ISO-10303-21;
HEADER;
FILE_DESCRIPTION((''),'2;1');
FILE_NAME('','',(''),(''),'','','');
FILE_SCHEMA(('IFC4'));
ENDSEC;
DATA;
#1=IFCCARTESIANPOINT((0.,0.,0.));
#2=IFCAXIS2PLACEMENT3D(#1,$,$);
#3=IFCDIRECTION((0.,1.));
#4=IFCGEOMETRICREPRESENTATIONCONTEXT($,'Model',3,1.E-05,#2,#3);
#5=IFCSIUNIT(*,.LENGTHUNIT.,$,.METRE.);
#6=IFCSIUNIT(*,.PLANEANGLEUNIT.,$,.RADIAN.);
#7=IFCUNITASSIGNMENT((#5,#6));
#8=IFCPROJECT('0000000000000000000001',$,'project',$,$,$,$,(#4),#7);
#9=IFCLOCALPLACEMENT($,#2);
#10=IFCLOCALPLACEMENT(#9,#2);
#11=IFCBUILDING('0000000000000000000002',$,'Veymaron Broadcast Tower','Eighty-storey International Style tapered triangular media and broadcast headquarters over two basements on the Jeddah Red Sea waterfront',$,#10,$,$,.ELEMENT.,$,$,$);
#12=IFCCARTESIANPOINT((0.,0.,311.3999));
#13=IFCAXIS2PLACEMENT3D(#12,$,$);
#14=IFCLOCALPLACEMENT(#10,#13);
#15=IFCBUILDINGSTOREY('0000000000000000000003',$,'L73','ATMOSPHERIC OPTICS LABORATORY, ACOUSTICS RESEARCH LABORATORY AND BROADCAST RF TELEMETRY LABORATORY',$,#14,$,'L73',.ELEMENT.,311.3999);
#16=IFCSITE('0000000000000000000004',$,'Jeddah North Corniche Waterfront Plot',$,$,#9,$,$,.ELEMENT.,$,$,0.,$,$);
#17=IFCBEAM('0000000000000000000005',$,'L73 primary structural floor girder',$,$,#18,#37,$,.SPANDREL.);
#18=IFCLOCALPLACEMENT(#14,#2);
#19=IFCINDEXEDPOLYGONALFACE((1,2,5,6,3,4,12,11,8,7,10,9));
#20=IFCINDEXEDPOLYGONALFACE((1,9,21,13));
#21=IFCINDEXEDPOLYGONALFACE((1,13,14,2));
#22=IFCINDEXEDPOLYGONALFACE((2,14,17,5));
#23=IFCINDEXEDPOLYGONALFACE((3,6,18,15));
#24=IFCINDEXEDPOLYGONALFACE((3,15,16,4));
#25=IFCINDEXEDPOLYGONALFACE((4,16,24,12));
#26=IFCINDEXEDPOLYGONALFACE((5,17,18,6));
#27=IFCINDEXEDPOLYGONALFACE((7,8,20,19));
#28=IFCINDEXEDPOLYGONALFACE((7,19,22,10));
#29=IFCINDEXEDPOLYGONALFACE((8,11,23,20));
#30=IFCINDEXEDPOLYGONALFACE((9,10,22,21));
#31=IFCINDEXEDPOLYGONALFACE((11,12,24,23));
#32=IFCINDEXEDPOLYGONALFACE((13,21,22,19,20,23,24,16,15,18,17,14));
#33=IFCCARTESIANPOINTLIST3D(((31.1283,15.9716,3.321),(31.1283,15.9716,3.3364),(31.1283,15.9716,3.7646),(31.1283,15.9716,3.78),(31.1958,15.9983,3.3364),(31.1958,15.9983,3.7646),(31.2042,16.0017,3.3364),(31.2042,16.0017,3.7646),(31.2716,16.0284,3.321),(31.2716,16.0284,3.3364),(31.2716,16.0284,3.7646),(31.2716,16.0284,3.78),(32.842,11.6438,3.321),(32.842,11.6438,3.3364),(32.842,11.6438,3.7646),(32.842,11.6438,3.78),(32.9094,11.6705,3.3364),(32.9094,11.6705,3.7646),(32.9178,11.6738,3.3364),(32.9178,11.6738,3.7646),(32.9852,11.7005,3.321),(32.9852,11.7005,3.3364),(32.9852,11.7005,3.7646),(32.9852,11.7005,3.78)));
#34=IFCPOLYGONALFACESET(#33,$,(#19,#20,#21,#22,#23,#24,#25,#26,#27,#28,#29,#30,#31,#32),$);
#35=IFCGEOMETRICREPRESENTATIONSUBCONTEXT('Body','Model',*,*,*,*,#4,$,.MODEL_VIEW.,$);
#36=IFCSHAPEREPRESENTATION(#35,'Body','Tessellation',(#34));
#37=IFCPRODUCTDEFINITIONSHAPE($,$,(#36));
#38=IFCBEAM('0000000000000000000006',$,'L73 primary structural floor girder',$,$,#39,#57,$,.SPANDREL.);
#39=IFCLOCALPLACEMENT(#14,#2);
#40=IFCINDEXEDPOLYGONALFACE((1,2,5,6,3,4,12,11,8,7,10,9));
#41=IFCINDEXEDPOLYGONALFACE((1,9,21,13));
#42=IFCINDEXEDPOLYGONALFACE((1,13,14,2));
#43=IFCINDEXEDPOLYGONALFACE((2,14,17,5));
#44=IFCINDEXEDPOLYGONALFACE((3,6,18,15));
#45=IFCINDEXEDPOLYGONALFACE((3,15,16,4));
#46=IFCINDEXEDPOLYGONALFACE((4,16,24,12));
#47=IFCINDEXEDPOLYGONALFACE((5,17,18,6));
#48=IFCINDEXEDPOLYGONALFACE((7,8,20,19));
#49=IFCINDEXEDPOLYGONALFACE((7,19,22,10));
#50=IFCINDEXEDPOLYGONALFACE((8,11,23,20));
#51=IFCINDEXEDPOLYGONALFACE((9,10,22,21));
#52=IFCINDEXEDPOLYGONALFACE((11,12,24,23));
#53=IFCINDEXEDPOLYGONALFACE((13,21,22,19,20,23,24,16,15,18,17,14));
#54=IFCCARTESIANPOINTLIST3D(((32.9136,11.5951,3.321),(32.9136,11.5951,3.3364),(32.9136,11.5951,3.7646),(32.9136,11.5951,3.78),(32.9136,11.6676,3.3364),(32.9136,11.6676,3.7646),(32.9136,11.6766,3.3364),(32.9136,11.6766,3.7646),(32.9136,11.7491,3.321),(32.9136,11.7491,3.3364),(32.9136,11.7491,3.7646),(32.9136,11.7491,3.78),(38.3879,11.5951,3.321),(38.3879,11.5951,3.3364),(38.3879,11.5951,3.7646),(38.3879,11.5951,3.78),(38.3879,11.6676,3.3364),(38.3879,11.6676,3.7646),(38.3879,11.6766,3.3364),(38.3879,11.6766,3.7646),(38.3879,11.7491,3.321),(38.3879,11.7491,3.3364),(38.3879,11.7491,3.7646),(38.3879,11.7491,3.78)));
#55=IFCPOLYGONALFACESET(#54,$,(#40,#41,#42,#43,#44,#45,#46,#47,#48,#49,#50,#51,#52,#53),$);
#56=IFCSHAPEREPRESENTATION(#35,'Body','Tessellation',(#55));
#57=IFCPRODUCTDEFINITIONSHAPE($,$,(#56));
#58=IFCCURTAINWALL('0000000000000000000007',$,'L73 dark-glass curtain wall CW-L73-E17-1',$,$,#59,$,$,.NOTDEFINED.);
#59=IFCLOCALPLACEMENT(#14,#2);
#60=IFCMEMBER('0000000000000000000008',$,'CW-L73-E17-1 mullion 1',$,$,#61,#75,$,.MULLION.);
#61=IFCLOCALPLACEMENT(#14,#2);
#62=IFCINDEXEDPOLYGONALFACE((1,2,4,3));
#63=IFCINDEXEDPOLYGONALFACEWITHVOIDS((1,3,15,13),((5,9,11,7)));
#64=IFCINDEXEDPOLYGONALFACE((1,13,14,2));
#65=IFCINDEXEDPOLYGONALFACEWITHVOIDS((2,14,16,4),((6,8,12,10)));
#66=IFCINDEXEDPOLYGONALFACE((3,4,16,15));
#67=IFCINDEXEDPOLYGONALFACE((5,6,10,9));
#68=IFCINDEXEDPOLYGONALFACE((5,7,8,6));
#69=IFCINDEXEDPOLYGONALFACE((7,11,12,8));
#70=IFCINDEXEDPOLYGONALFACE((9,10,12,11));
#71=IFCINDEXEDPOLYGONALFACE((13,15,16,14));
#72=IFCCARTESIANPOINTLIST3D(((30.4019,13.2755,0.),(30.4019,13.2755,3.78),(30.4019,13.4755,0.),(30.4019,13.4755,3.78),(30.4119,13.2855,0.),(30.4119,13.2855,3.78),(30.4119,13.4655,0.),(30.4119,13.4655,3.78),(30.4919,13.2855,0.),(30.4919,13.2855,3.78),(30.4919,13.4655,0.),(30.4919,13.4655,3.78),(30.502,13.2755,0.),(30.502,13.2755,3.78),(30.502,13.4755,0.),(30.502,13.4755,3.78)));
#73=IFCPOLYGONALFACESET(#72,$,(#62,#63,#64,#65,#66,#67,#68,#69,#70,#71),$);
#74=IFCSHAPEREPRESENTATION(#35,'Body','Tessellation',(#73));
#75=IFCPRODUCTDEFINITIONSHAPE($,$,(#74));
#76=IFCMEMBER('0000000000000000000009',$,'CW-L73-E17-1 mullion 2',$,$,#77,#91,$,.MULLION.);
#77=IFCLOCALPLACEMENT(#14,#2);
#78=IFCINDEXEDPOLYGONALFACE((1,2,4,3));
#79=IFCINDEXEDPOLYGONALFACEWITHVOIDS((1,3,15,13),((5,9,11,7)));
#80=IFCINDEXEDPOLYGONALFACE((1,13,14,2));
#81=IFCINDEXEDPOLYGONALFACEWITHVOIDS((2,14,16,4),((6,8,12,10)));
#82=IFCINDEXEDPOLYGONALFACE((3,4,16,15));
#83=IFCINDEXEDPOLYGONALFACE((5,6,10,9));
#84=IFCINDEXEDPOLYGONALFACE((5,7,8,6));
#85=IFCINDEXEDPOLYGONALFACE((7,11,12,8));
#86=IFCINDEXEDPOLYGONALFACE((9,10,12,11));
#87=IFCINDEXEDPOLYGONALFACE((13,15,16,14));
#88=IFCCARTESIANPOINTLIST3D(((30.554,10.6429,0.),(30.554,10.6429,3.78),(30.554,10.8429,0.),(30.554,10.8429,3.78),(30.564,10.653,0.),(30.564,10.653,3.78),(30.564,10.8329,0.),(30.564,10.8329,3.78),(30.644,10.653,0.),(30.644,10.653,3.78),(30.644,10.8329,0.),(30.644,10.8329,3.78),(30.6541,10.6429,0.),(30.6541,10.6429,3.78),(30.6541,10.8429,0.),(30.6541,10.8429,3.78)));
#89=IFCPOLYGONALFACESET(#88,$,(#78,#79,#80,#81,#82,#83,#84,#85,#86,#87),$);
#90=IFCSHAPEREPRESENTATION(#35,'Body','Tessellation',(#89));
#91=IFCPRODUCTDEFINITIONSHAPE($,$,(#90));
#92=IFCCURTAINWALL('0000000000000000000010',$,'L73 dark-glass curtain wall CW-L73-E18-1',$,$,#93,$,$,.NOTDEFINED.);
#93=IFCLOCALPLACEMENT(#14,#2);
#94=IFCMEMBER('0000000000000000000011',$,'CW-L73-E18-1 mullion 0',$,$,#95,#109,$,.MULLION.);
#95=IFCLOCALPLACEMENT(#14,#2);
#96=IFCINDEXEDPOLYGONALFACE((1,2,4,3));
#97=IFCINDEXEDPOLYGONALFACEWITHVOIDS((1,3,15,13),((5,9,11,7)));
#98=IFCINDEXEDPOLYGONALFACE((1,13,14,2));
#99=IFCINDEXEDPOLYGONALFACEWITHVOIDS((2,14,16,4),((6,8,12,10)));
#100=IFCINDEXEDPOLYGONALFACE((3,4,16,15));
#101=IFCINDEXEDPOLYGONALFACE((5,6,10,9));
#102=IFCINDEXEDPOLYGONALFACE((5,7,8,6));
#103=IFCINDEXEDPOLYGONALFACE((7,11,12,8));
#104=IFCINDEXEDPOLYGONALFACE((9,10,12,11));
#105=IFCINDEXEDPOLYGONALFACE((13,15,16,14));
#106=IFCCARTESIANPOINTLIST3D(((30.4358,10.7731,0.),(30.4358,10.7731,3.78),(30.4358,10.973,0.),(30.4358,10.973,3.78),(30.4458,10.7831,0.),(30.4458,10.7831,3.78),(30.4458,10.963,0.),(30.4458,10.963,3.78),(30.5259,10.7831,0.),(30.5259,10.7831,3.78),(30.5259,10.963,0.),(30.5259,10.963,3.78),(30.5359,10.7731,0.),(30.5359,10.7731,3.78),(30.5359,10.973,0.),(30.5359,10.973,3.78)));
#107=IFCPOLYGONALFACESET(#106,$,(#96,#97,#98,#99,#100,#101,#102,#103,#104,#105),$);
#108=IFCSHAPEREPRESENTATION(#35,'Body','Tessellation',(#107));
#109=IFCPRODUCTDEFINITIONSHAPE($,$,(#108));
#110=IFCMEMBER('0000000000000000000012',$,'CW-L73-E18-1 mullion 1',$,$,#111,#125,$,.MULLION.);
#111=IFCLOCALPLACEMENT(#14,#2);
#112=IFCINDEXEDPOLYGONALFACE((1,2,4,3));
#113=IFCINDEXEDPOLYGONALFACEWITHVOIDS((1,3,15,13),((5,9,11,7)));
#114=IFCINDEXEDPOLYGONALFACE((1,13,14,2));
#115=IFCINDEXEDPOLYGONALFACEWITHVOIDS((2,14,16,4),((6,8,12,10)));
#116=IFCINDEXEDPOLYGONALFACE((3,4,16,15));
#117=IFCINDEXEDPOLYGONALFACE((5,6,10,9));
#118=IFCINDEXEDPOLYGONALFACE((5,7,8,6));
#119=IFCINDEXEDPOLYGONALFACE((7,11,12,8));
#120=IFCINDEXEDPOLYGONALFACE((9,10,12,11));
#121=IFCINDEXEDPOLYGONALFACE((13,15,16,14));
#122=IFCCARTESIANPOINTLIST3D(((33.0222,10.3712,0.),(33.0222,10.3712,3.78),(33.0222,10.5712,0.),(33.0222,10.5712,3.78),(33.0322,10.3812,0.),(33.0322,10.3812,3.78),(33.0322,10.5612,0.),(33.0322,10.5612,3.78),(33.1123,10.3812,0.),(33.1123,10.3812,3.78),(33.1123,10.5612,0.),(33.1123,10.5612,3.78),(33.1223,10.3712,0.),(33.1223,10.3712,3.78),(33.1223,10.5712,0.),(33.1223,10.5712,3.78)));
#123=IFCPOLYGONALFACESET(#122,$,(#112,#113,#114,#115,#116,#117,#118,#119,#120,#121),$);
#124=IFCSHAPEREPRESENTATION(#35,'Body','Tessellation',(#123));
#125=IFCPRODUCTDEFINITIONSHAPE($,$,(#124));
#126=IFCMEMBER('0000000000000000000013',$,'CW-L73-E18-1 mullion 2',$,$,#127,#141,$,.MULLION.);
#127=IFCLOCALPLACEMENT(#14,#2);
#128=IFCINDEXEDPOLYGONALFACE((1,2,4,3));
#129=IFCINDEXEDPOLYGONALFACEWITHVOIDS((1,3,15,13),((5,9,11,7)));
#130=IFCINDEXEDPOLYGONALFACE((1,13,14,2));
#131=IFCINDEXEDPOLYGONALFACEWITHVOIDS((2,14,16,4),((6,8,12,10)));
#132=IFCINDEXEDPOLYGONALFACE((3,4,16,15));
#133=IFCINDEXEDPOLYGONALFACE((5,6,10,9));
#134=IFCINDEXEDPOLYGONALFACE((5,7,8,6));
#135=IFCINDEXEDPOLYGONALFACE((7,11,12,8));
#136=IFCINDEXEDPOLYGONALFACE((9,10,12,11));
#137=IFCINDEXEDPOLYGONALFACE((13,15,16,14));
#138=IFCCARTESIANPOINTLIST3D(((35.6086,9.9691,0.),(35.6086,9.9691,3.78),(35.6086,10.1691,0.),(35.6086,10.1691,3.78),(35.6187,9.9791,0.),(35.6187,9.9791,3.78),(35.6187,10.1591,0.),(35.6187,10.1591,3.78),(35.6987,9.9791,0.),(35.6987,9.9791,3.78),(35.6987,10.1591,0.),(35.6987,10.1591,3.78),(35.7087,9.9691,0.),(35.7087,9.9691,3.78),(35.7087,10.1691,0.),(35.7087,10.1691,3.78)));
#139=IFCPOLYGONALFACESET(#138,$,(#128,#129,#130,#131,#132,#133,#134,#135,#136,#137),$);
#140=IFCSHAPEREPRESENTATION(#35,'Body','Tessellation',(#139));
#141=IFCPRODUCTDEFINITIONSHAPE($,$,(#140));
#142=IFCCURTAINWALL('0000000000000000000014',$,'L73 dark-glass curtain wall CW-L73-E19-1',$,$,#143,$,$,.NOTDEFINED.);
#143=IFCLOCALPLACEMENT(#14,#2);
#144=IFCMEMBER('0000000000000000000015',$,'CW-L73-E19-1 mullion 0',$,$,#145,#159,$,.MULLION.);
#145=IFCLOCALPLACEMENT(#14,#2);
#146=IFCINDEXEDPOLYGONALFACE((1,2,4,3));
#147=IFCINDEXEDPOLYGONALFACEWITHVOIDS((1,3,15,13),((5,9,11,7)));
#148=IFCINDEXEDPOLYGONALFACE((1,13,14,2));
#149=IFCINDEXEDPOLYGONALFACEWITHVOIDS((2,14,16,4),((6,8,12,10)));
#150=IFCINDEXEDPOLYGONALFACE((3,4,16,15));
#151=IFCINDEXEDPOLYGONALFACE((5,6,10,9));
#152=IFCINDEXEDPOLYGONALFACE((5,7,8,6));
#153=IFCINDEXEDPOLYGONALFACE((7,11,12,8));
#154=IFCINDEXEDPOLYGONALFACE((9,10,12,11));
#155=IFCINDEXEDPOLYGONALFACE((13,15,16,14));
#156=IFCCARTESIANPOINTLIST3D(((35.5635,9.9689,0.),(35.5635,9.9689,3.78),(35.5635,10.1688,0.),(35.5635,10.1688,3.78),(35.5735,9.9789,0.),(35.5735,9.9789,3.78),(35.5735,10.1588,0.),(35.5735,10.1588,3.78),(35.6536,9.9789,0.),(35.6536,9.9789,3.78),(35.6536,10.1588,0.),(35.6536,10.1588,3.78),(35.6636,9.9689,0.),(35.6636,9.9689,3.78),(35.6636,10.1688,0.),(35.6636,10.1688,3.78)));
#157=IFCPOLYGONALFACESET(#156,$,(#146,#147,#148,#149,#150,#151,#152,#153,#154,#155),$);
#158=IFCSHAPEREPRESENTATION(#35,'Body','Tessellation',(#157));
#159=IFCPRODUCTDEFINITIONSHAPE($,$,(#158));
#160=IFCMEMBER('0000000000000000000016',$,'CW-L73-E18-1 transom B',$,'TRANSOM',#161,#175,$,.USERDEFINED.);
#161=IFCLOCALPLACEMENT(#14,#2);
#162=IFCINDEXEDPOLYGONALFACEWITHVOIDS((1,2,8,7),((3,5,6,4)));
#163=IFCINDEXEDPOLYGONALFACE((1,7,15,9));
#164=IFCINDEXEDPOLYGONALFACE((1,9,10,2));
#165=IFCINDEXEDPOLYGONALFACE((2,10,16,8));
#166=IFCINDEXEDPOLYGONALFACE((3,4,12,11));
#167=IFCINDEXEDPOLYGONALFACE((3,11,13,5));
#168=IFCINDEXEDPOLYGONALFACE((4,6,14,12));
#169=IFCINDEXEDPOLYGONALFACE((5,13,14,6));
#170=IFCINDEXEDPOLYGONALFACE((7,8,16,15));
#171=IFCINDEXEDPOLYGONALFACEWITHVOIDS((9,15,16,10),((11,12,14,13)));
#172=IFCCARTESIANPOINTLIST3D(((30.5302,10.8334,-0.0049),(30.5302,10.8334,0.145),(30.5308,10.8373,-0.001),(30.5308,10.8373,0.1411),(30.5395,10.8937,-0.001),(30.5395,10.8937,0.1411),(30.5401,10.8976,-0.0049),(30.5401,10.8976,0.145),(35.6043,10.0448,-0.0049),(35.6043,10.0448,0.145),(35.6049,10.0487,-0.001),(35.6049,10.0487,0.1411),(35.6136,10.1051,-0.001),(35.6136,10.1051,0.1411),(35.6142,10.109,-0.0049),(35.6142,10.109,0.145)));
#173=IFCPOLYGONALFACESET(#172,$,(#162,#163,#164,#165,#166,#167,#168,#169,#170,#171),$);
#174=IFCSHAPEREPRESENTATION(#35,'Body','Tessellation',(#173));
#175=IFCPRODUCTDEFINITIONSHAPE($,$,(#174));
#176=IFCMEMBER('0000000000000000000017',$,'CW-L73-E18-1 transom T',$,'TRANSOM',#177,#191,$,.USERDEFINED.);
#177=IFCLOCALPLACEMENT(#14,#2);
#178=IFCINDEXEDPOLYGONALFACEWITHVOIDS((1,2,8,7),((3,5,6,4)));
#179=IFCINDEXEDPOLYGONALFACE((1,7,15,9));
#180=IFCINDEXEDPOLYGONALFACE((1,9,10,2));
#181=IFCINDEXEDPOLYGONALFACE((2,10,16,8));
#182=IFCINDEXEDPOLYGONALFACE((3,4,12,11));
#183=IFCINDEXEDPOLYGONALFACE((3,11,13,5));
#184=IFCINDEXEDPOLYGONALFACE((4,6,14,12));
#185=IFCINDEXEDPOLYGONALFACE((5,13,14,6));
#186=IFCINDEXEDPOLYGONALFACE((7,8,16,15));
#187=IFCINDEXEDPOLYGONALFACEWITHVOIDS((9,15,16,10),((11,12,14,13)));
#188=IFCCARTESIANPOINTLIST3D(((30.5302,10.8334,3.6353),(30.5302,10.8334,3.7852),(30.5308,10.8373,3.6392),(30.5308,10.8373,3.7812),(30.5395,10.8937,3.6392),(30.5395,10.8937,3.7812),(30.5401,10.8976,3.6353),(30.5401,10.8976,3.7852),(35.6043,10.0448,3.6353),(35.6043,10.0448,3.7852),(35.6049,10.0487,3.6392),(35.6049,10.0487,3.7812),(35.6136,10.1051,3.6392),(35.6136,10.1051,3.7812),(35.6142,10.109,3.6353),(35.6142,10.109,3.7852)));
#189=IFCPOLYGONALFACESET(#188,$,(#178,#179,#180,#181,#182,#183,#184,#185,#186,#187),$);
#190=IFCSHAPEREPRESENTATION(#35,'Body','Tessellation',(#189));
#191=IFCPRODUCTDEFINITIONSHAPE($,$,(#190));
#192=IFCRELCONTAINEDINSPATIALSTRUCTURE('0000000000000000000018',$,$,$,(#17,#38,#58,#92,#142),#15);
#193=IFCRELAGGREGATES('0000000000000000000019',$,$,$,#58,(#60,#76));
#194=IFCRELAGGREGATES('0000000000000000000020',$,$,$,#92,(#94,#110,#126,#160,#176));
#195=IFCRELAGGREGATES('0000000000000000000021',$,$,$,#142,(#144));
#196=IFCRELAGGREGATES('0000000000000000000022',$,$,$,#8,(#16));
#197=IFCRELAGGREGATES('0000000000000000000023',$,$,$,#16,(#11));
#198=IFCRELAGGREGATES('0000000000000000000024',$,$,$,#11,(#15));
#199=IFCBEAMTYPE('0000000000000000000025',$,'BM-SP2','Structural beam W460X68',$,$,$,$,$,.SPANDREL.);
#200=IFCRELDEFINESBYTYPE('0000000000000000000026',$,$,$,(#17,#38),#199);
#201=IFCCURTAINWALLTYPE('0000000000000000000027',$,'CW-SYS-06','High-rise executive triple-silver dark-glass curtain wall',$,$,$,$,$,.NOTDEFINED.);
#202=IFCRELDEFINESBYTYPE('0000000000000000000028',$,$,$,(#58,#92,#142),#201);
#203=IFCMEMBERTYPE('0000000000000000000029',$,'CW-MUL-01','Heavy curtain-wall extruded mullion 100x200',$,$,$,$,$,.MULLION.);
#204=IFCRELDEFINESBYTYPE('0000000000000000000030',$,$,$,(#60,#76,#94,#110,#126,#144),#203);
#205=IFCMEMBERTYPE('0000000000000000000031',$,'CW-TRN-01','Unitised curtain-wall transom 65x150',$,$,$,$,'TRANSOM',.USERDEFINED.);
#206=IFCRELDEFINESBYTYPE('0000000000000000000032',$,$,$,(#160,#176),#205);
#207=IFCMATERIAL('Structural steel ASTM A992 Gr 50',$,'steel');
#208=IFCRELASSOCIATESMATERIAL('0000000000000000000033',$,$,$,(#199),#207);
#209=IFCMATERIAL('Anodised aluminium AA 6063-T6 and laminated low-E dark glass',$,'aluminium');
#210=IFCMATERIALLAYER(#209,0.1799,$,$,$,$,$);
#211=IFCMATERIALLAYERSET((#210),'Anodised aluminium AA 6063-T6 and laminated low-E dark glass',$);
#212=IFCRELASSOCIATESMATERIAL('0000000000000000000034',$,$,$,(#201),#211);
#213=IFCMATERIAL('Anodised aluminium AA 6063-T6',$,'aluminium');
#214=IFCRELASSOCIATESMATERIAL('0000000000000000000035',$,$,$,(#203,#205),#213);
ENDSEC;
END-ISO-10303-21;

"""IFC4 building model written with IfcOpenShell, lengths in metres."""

from ifc_helpers import new_model, si_unit, direction, frame, origin, origin_2d, place, context, subcontext, project, spatial, hollow_rectangle, i_section, extrude, material, layer, layer_set, material_profile, profile_set, type_object, element, aggregate, save


model = new_model("IFC4")

# Units and contexts
model_context = context("Model", 3, precision=1e-05, world=origin(), true_north=direction((0.0, 1.0)))
body_context = subcontext(model_context, "Body", "Model", "MODEL_VIEW")
ifc_project = project(units=[si_unit("LENGTHUNIT", "METRE"), si_unit("PLANEANGLEUNIT", "RADIAN")], contexts=[model_context])

# Site, building, storey
site_placement = place(None, origin())
site = spatial("IfcSite", under=ifc_project, at=site_placement, Name="Jeddah North Corniche Waterfront Plot", CompositionType="ELEMENT", RefElevation=0.0)
building_placement = place(site_placement, origin())
building = spatial("IfcBuilding", under=site, at=building_placement, Name="Veymaron Broadcast Tower", Description="Eighty-storey International Style tapered triangular media and broadcast headquarters over two basements on the Jeddah Red Sea waterfront", CompositionType="ELEMENT")
storey_placement = place(building_placement, frame((0.0, 0.0, 311.3999)))
storey = spatial("IfcBuildingStorey", under=building, at=storey_placement, Name="L73", Description="ATMOSPHERIC OPTICS LABORATORY, ACOUSTICS RESEARCH LABORATORY AND BROADCAST RF TELEMETRY LABORATORY", LongName="L73", CompositionType="ELEMENT", Elevation=311.3999)

# Shared definitions
ifc_material_1 = material(Name="Structural steel ASTM A992 Gr 50", Category="steel")

# Beams
ifc_material_profile_1 = material_profile(ifc_material_1, i_section(OverallWidth=0.1541, OverallDepth=0.459, WebThickness=0.009, FlangeThickness=0.0154, at=origin_2d()), Name="W460X68")
ifc_profile_set_1 = profile_set([ifc_material_profile_1], Name="Structural steel ASTM A992 Gr 50")
beam_type_1 = type_object("IfcBeamType", Name="BM-SP2", Description="Structural beam W460X68", PredefinedType="SPANDREL", material=ifc_profile_set_1)
beam_1_placement = place(storey_placement, frame((31.2, 16.0, 3.5505), z_axis=(0.368142, -0.92977, 0.0), x_axis=(0.92977, 0.368142, 0.0)))
element("IfcBeam", 1, at=beam_1_placement, inside=storey, type_object=beam_type_1, Name="L73 primary structural floor girder", PredefinedType="SPANDREL", context=body_context, shape_type="SweptSolid", body=[
    extrude(i_section(OverallWidth=0.1541, OverallDepth=0.459, WebThickness=0.009, FlangeThickness=0.0154, at=origin_2d()), origin(), (0.0, 0.0, 1.0), 4.6548),
])
beam_2_placement = place(storey_placement, frame((32.9136, 11.6721, 3.5505), z_axis=(1.0, 0.0, 0.0), x_axis=(0.0, 1.0, 0.0)))
element("IfcBeam", 2, at=beam_2_placement, inside=storey, type_object=beam_type_1, Name="L73 primary structural floor girder", PredefinedType="SPANDREL", context=body_context, shape_type="SweptSolid", body=[
    extrude(i_section(OverallWidth=0.1541, OverallDepth=0.459, WebThickness=0.009, FlangeThickness=0.0154, at=origin_2d()), origin(), (0.0, 0.0, 1.0), 5.4744),
])

# Curtain walls, members
ifc_material_2 = material(Name="Anodised aluminium AA 6063-T6 and laminated low-E dark glass", Category="aluminium")
ifc_layer_1 = layer(ifc_material_2, 0.1799)
ifc_layer_set_1 = layer_set([ifc_layer_1], Name="Anodised aluminium AA 6063-T6 and laminated low-E dark glass")
curtain_wall_type = type_object("IfcCurtainWallType", Name="CW-SYS-06", Description="High-rise executive triple-silver dark-glass curtain wall", PredefinedType="NOTDEFINED", material=ifc_layer_set_1)
curtain_wall_1_placement = place(storey_placement, origin())
curtain_wall_1 = element("IfcCurtainWall", 3, at=curtain_wall_1_placement, inside=storey, type_object=curtain_wall_type, Name="L73 dark-glass curtain wall CW-L73-E17-1", PredefinedType="NOTDEFINED")
ifc_material_3 = material(Name="Anodised aluminium AA 6063-T6", Category="aluminium")
ifc_material_profile_2 = material_profile(ifc_material_3, hollow_rectangle(XDim=0.1001, YDim=0.2, WallThickness=0.01, at=origin_2d()), Name="RHS200X100X10")
ifc_profile_set_2 = profile_set([ifc_material_profile_2], Name="Anodised aluminium AA 6063-T6")
member_type_1 = type_object("IfcMemberType", Name="CW-MUL-01", Description="Heavy curtain-wall extruded mullion 100x200", PredefinedType="MULLION", material=ifc_profile_set_2)
member_1_placement = place(storey_placement, frame((30.4519, 13.3755, 0.0), z_axis=(0.0, 0.0, 1.0), x_axis=(1.0, 0.0, 0.0)))
member_1 = element("IfcMember", 4, at=member_1_placement, type_object=member_type_1, Name="CW-L73-E17-1 mullion 1", PredefinedType="MULLION", context=body_context, shape_type="SweptSolid", body=[
    extrude(hollow_rectangle(XDim=0.1001, YDim=0.2, WallThickness=0.01, at=origin_2d()), origin(), (0.0, 0.0, 1.0), 3.78),
])
member_2_placement = place(storey_placement, frame((30.604, 10.7429, 0.0), z_axis=(0.0, 0.0, 1.0), x_axis=(1.0, 0.0, 0.0)))
member_2 = element("IfcMember", 5, at=member_2_placement, type_object=member_type_1, Name="CW-L73-E17-1 mullion 2", PredefinedType="MULLION", context=body_context, shape_type="SweptSolid", body=[
    extrude(hollow_rectangle(XDim=0.1001, YDim=0.2, WallThickness=0.01, at=origin_2d()), origin(), (0.0, 0.0, 1.0), 3.78),
])
curtain_wall_2_placement = place(storey_placement, origin())
curtain_wall_2 = element("IfcCurtainWall", 6, at=curtain_wall_2_placement, inside=storey, type_object=curtain_wall_type, Name="L73 dark-glass curtain wall CW-L73-E18-1", PredefinedType="NOTDEFINED")
member_3_placement = place(storey_placement, frame((30.4858, 10.873, 0.0), z_axis=(0.0, 0.0, 1.0), x_axis=(1.0, 0.0, 0.0)))
member_3 = element("IfcMember", 7, at=member_3_placement, type_object=member_type_1, Name="CW-L73-E18-1 mullion 0", PredefinedType="MULLION", context=body_context, shape_type="SweptSolid", body=[
    extrude(hollow_rectangle(XDim=0.1001, YDim=0.2, WallThickness=0.01, at=origin_2d()), origin(), (0.0, 0.0, 1.0), 3.78),
])
member_4_placement = place(storey_placement, frame((33.0723, 10.4712, 0.0), z_axis=(0.0, 0.0, 1.0), x_axis=(1.0, 0.0, 0.0)))
member_4 = element("IfcMember", 8, at=member_4_placement, type_object=member_type_1, Name="CW-L73-E18-1 mullion 1", PredefinedType="MULLION", context=body_context, shape_type="SweptSolid", body=[
    extrude(hollow_rectangle(XDim=0.1001, YDim=0.2, WallThickness=0.01, at=origin_2d()), origin(), (0.0, 0.0, 1.0), 3.78),
])
member_5_placement = place(storey_placement, frame((35.6587, 10.0691, 0.0), z_axis=(0.0, 0.0, 1.0), x_axis=(1.0, 0.0, 0.0)))
member_5 = element("IfcMember", 9, at=member_5_placement, type_object=member_type_1, Name="CW-L73-E18-1 mullion 2", PredefinedType="MULLION", context=body_context, shape_type="SweptSolid", body=[
    extrude(hollow_rectangle(XDim=0.1001, YDim=0.2, WallThickness=0.01, at=origin_2d()), origin(), (0.0, 0.0, 1.0), 3.78),
])

# Curtain wall, member
curtain_wall_3_placement = place(storey_placement, origin())
curtain_wall_3 = element("IfcCurtainWall", 10, at=curtain_wall_3_placement, inside=storey, type_object=curtain_wall_type, Name="L73 dark-glass curtain wall CW-L73-E19-1", PredefinedType="NOTDEFINED")
member_6_placement = place(storey_placement, frame((35.6135, 10.0688, 0.0), z_axis=(0.0, 0.0, 1.0), x_axis=(1.0, 0.0, 0.0)))
member_6 = element("IfcMember", 11, at=member_6_placement, type_object=member_type_1, Name="CW-L73-E19-1 mullion 0", PredefinedType="MULLION", context=body_context, shape_type="SweptSolid", body=[
    extrude(hollow_rectangle(XDim=0.1001, YDim=0.2, WallThickness=0.01, at=origin_2d()), origin(), (0.0, 0.0, 1.0), 3.78),
])

# Members
ifc_material_profile_3 = material_profile(ifc_material_3, hollow_rectangle(XDim=0.0649, YDim=0.1499, WallThickness=0.0039, at=origin_2d()), Name="AL150X65X4")
ifc_profile_set_3 = profile_set([ifc_material_profile_3], Name="Anodised aluminium AA 6063-T6")
member_type_2 = type_object("IfcMemberType", Name="CW-TRN-01", Description="Unitised curtain-wall transom 65x150", ElementType="TRANSOM", PredefinedType="USERDEFINED", material=ifc_profile_set_3)
member_7_placement = place(storey_placement, frame((30.5352, 10.8655, 0.0701), z_axis=(0.988139, -0.153565, 0.0), x_axis=(0.153565, 0.988139, 0.0)))
member_7 = element("IfcMember", 12, at=member_7_placement, type_object=member_type_2, Name="CW-L73-E18-1 transom B", ObjectType="TRANSOM", PredefinedType="USERDEFINED", context=body_context, shape_type="SweptSolid", body=[
    extrude(hollow_rectangle(XDim=0.0649, YDim=0.1499, WallThickness=0.0039, at=origin_2d()), origin(), (0.0, 0.0, 1.0), 5.135),
])
member_8_placement = place(storey_placement, frame((30.5352, 10.8655, 3.7102), z_axis=(0.988139, -0.153565, 0.0), x_axis=(0.153565, 0.988139, 0.0)))
member_8 = element("IfcMember", 13, at=member_8_placement, type_object=member_type_2, Name="CW-L73-E18-1 transom T", ObjectType="TRANSOM", PredefinedType="USERDEFINED", context=body_context, shape_type="SweptSolid", body=[
    extrude(hollow_rectangle(XDim=0.0649, YDim=0.1499, WallThickness=0.0039, at=origin_2d()), origin(), (0.0, 0.0, 1.0), 5.135),
])

aggregate(curtain_wall_1, [member_1, member_2])
aggregate(curtain_wall_2, [member_3, member_4, member_5, member_7, member_8])
aggregate(curtain_wall_3, [member_6])

save(model, "model.ifc")
